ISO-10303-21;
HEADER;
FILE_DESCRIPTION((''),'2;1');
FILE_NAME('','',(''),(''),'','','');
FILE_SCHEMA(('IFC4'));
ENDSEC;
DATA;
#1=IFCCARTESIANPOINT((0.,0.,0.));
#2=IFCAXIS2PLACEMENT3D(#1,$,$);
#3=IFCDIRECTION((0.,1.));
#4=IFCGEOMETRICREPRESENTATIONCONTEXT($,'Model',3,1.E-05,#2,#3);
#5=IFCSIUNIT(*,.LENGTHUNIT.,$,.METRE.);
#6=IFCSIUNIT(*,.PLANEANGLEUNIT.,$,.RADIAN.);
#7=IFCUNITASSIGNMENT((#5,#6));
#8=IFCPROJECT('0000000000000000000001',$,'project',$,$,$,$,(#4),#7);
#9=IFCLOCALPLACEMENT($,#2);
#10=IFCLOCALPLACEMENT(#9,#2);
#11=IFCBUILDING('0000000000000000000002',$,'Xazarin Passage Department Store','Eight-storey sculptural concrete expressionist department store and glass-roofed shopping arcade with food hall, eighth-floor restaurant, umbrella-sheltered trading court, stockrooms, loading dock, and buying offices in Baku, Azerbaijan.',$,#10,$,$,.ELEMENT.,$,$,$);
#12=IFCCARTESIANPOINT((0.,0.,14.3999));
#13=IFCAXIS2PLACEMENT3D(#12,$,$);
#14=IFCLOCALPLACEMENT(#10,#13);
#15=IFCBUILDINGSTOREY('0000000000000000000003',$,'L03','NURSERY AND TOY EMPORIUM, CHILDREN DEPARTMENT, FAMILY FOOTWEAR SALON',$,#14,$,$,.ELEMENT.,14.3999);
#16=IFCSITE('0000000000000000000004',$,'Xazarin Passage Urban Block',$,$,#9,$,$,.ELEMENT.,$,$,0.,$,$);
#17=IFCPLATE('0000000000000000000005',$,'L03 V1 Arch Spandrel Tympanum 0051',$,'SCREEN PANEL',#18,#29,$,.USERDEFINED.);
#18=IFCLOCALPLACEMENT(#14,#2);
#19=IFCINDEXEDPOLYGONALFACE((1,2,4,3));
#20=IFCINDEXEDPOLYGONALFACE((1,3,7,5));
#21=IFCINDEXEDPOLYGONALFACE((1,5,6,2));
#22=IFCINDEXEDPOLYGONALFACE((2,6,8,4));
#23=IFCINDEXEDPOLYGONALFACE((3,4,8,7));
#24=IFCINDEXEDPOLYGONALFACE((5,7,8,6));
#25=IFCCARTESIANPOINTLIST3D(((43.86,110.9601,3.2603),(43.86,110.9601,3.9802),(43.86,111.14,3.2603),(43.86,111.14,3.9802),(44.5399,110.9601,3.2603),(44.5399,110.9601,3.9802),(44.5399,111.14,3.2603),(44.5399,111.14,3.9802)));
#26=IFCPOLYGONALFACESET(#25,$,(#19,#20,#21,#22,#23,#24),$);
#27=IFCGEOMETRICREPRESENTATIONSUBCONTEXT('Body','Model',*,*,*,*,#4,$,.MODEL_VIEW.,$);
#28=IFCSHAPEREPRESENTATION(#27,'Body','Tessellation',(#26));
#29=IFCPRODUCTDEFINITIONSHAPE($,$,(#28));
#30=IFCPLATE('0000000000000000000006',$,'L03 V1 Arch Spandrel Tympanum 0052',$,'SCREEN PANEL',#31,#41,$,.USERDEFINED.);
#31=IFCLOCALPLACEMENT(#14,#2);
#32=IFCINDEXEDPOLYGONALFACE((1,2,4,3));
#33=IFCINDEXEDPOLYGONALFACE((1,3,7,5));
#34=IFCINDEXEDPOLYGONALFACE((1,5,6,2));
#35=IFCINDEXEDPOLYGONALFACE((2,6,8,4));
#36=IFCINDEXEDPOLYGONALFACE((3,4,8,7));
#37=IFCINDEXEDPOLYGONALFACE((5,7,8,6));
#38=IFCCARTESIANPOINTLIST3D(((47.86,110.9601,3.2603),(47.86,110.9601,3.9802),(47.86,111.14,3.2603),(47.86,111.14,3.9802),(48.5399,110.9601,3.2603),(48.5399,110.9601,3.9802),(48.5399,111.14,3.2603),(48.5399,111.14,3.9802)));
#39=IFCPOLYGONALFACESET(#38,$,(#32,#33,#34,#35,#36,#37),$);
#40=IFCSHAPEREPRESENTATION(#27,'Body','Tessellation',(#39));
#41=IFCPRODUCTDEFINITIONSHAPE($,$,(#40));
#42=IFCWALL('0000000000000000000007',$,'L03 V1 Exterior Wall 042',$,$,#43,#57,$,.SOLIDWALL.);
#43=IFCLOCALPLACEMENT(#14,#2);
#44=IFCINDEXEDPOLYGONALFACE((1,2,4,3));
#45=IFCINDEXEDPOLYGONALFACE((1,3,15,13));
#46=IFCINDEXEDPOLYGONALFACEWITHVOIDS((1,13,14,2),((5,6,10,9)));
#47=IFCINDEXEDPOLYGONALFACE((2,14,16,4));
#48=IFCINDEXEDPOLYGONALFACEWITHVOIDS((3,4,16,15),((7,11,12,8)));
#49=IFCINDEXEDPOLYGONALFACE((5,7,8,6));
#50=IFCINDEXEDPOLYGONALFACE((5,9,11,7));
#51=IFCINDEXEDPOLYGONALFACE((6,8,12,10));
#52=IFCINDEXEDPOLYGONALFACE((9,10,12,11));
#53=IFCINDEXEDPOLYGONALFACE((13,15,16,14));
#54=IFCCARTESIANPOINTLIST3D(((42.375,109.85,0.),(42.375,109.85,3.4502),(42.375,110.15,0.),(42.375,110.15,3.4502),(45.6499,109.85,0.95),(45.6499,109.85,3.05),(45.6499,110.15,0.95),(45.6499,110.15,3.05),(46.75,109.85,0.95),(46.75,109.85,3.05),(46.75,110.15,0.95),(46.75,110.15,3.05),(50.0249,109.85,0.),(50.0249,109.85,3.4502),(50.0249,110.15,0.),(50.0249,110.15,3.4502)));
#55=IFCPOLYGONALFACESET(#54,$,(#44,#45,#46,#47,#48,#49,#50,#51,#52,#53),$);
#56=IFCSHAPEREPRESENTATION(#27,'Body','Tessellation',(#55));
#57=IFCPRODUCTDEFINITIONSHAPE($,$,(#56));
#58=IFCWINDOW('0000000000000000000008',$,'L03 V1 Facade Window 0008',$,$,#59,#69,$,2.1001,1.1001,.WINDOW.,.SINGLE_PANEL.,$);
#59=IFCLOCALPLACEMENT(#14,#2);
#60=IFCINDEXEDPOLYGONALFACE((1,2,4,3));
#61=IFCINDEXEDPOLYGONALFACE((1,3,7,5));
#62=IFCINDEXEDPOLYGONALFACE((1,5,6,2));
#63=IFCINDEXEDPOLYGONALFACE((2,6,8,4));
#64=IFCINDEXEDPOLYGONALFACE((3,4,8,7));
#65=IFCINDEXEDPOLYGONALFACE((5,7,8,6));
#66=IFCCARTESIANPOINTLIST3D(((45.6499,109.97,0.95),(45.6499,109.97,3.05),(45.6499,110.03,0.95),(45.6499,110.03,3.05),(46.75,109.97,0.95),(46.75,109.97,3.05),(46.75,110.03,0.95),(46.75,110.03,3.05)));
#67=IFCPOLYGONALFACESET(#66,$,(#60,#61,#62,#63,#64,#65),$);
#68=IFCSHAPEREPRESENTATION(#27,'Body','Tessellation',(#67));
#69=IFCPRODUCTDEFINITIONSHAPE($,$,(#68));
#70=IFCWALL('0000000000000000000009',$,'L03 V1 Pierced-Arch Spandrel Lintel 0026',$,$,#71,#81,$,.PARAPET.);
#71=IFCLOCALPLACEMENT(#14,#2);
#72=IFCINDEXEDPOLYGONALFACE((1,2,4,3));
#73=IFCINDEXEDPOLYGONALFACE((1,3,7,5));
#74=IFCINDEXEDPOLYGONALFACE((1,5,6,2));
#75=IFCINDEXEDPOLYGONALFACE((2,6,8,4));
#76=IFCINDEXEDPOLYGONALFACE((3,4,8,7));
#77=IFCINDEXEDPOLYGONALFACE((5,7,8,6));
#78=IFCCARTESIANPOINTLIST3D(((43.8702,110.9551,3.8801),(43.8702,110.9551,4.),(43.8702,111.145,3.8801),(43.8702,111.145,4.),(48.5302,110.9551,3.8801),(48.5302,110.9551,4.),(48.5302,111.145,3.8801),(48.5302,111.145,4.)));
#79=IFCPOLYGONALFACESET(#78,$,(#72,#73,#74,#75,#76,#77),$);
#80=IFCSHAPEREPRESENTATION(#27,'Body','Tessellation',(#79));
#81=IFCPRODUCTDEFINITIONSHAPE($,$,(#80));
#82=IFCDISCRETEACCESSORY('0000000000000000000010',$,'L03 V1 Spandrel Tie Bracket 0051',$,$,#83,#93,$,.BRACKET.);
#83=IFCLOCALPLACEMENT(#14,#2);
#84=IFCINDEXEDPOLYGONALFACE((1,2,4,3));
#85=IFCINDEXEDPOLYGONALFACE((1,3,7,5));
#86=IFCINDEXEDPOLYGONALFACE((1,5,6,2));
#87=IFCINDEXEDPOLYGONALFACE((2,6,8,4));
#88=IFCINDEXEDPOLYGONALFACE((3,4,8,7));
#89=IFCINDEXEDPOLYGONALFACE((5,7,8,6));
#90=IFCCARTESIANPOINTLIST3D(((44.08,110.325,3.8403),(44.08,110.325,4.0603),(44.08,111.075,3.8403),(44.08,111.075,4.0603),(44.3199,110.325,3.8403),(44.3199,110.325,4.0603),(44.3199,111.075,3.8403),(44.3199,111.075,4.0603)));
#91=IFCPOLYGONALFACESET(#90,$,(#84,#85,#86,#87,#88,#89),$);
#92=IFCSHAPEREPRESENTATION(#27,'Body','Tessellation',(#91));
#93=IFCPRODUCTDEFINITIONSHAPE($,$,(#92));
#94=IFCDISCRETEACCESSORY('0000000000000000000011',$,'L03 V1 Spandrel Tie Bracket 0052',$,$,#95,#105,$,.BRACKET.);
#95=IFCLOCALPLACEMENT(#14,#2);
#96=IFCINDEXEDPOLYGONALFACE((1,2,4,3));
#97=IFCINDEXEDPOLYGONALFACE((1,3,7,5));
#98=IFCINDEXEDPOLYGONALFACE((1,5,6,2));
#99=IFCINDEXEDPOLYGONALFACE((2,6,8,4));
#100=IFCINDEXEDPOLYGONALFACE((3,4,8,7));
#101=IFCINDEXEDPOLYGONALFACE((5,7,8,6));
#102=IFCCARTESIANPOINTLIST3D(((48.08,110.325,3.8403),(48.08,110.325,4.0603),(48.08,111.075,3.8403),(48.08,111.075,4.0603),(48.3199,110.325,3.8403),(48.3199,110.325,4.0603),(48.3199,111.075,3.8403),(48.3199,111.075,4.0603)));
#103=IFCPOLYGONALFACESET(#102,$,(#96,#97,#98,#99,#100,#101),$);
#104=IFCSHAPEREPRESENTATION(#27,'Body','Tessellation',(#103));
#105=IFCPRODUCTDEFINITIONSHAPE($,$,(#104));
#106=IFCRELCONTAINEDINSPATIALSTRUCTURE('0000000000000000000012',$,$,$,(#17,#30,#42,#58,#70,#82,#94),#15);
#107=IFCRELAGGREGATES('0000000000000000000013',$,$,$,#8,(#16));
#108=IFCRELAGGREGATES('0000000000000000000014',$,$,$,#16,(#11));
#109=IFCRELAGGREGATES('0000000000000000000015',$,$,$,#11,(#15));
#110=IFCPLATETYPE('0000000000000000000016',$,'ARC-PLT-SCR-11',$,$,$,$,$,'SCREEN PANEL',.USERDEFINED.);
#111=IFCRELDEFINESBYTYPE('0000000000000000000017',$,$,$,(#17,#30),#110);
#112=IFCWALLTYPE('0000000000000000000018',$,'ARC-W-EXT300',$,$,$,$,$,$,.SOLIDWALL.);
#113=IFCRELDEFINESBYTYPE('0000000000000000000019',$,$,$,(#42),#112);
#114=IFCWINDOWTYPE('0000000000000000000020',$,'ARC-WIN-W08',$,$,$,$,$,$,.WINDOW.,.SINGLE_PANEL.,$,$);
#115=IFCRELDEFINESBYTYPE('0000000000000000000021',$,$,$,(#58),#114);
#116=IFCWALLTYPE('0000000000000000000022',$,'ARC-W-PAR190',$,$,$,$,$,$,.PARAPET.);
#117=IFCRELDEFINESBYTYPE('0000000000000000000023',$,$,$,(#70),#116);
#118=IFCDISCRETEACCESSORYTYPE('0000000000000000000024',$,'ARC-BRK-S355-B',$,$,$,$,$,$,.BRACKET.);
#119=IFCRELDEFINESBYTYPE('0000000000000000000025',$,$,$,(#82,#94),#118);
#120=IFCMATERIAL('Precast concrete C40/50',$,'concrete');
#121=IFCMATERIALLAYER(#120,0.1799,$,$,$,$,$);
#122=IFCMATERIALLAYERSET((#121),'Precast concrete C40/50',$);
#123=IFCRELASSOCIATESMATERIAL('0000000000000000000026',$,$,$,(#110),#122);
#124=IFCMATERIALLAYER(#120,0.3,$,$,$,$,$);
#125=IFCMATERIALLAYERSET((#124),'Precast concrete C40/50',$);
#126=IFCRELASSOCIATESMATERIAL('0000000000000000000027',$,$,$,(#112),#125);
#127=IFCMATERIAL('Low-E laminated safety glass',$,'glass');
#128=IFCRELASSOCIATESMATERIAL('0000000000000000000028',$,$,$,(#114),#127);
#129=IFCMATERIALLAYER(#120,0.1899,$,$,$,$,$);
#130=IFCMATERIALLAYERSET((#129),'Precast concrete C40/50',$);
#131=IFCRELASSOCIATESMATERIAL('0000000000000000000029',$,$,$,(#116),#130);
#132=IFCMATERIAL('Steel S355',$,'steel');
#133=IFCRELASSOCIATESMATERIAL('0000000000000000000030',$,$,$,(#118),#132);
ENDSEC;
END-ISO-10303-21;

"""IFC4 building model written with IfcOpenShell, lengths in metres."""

from ifc_helpers import new_model, si_unit, direction, frame, frame_2d, origin, origin_2d, place, context, subcontext, project, spatial, rectangle, extrude, material, layer, layer_set, type_object, element, fill, save


model = new_model("IFC4")

# Units and contexts
model_context = context("Model", 3, precision=1e-05, world=origin(), true_north=direction((0.0, 1.0)))
body_context = subcontext(model_context, "Body", "Model", "MODEL_VIEW")
ifc_project = project(units=[si_unit("LENGTHUNIT", "METRE"), si_unit("PLANEANGLEUNIT", "RADIAN")], contexts=[model_context])

# Site, building, storey
site_placement = place(None, origin())
site = spatial("IfcSite", under=ifc_project, at=site_placement, Name="Xazarin Passage Urban Block", CompositionType="ELEMENT", RefElevation=0.0)
building_placement = place(site_placement, origin())
building = spatial("IfcBuilding", under=site, at=building_placement, Name="Xazarin Passage Department Store", Description="Eight-storey sculptural concrete expressionist department store and glass-roofed shopping arcade with food hall, eighth-floor restaurant, umbrella-sheltered trading court, stockrooms, loading dock, and buying offices in Baku, Azerbaijan.", CompositionType="ELEMENT")
storey_placement = place(building_placement, frame((0.0, 0.0, 14.3999)))
storey = spatial("IfcBuildingStorey", under=building, at=storey_placement, Name="L03", Description="NURSERY AND TOY EMPORIUM, CHILDREN DEPARTMENT, FAMILY FOOTWEAR SALON", CompositionType="ELEMENT", Elevation=14.3999)

# Plates
ifc_material_1 = material(Name="Precast concrete C40/50", Category="concrete")
ifc_layer_1 = layer(ifc_material_1, 0.1799)
ifc_layer_set_1 = layer_set([ifc_layer_1], Name="Precast concrete C40/50")
plate_type = type_object("IfcPlateType", Name="ARC-PLT-SCR-11", ElementType="SCREEN PANEL", PredefinedType="USERDEFINED", material=ifc_layer_set_1)
for number, where, z_axis, x_axis, name in (
    (1, (44.2, 111.05, 3.2603), (0.0, 0.0, 1.0), (1.0, 0.0, 0.0), "L03 V1 Arch Spandrel Tympanum 0051"),
    (2, (48.2, 111.05, 3.2603), (0.0, 0.0, 1.0), (1.0, 0.0, 0.0), "L03 V1 Arch Spandrel Tympanum 0052"),
):
    element("IfcPlate", number, at=place(storey_placement, frame(where, z_axis=z_axis, x_axis=x_axis)), inside=storey, type_object=plate_type, Name=name, ObjectType="SCREEN PANEL", PredefinedType="USERDEFINED", context=body_context, shape_type="SweptSolid", body=[
        extrude(rectangle(XDim=0.6799, YDim=0.1799, at=origin_2d()), origin(), (0.0, 0.0, 1.0), 0.72),
    ])

# Wall, opening, window
ifc_layer_2 = layer(ifc_material_1, 0.3)
ifc_layer_set_2 = layer_set([ifc_layer_2], Name="Precast concrete C40/50")
wall_type_1 = type_object("IfcWallType", Name="ARC-W-EXT300", PredefinedType="SOLIDWALL", material=ifc_layer_set_2)
wall_1_placement = place(storey_placement, frame((42.375, 110.0, 0.0), z_axis=(0.0, 0.0, 1.0), x_axis=(1.0, 0.0, 0.0)))
wall_1 = element("IfcWall", 3, at=wall_1_placement, inside=storey, type_object=wall_type_1, Name="L03 V1 Exterior Wall 042", PredefinedType="SOLIDWALL", context=body_context, shape_type="SweptSolid", body=[
    extrude(rectangle(XDim=7.6499, YDim=0.3, at=frame_2d((3.825, 0.0))), origin(), (0.0, 0.0, 1.0), 3.4502),
])
opening_placement = place(wall_1_placement, frame((3.2749, 0.0, 0.95)))
opening = element("IfcOpeningElement", 4, at=opening_placement, cuts=wall_1, PredefinedType="OPENING", context=body_context, shape_type="SweptSolid", body=[
    extrude(rectangle(XDim=1.1001, YDim=2.1001, at=frame_2d((0.55, 1.05))), frame((0.0, 0.1599, 0.0), z_axis=(0.0, -1.0, 0.0), x_axis=(1.0, 0.0, 0.0)), (0.0, 0.0, 1.0), 0.3201),
])
ifc_material_2 = material(Name="Low-E laminated safety glass", Category="glass")
window_type = type_object("IfcWindowType", Name="ARC-WIN-W08", PartitioningType="SINGLE_PANEL", PredefinedType="WINDOW", material=ifc_material_2)
window_placement = place(opening_placement, origin())
window = element("IfcWindow", 5, at=window_placement, inside=storey, type_object=window_type, Name="L03 V1 Facade Window 0008", OverallHeight=2.1001, OverallWidth=1.1001, PartitioningType="SINGLE_PANEL", PredefinedType="WINDOW", context=body_context, shape_type="SweptSolid", body=[
    extrude(rectangle(XDim=1.1001, YDim=2.1001, at=frame_2d((0.55, 1.05))), frame((0.0, 0.03, 0.0), z_axis=(0.0, -1.0, 0.0), x_axis=(1.0, 0.0, 0.0)), (0.0, 0.0, 1.0), 0.0601),
])
fill(opening, window)

# Wall
ifc_layer_3 = layer(ifc_material_1, 0.1899)
ifc_layer_set_3 = layer_set([ifc_layer_3], Name="Precast concrete C40/50")
wall_type_2 = type_object("IfcWallType", Name="ARC-W-PAR190", PredefinedType="PARAPET", material=ifc_layer_set_3)
wall_2_placement = place(storey_placement, frame((43.8701, 111.05, 3.8801), z_axis=(0.0, 0.0, 1.0), x_axis=(1.0, 0.0, 0.0)))
element("IfcWall", 6, at=wall_2_placement, inside=storey, type_object=wall_type_2, Name="L03 V1 Pierced-Arch Spandrel Lintel 0026", PredefinedType="PARAPET", context=body_context, shape_type="SweptSolid", body=[
    extrude(rectangle(XDim=4.6599, YDim=0.1899, at=frame_2d((2.3301, 0.0))), origin(), (0.0, 0.0, 1.0), 0.1199),
])

# Discrete accessories
ifc_material_3 = material(Name="Steel S355", Category="steel")
discrete_accessory_type = type_object("IfcDiscreteAccessoryType", Name="ARC-BRK-S355-B", PredefinedType="BRACKET", material=ifc_material_3)
for number, where, z_axis, x_axis, name in (
    (7, (44.2, 110.7, 3.8403), (0.0, 0.0, 1.0), (1.0, 0.0, 0.0), "L03 V1 Spandrel Tie Bracket 0051"),
    (8, (48.2, 110.7, 3.8403), (0.0, 0.0, 1.0), (1.0, 0.0, 0.0), "L03 V1 Spandrel Tie Bracket 0052"),
):
    element("IfcDiscreteAccessory", number, at=place(storey_placement, frame(where, z_axis=z_axis, x_axis=x_axis)), inside=storey, type_object=discrete_accessory_type, Name=name, PredefinedType="BRACKET", context=body_context, shape_type="SweptSolid", body=[
        extrude(rectangle(XDim=0.24, YDim=0.75, at=origin_2d()), origin(), (0.0, 0.0, 1.0), 0.22),
    ])

save(model, "model.ifc")
